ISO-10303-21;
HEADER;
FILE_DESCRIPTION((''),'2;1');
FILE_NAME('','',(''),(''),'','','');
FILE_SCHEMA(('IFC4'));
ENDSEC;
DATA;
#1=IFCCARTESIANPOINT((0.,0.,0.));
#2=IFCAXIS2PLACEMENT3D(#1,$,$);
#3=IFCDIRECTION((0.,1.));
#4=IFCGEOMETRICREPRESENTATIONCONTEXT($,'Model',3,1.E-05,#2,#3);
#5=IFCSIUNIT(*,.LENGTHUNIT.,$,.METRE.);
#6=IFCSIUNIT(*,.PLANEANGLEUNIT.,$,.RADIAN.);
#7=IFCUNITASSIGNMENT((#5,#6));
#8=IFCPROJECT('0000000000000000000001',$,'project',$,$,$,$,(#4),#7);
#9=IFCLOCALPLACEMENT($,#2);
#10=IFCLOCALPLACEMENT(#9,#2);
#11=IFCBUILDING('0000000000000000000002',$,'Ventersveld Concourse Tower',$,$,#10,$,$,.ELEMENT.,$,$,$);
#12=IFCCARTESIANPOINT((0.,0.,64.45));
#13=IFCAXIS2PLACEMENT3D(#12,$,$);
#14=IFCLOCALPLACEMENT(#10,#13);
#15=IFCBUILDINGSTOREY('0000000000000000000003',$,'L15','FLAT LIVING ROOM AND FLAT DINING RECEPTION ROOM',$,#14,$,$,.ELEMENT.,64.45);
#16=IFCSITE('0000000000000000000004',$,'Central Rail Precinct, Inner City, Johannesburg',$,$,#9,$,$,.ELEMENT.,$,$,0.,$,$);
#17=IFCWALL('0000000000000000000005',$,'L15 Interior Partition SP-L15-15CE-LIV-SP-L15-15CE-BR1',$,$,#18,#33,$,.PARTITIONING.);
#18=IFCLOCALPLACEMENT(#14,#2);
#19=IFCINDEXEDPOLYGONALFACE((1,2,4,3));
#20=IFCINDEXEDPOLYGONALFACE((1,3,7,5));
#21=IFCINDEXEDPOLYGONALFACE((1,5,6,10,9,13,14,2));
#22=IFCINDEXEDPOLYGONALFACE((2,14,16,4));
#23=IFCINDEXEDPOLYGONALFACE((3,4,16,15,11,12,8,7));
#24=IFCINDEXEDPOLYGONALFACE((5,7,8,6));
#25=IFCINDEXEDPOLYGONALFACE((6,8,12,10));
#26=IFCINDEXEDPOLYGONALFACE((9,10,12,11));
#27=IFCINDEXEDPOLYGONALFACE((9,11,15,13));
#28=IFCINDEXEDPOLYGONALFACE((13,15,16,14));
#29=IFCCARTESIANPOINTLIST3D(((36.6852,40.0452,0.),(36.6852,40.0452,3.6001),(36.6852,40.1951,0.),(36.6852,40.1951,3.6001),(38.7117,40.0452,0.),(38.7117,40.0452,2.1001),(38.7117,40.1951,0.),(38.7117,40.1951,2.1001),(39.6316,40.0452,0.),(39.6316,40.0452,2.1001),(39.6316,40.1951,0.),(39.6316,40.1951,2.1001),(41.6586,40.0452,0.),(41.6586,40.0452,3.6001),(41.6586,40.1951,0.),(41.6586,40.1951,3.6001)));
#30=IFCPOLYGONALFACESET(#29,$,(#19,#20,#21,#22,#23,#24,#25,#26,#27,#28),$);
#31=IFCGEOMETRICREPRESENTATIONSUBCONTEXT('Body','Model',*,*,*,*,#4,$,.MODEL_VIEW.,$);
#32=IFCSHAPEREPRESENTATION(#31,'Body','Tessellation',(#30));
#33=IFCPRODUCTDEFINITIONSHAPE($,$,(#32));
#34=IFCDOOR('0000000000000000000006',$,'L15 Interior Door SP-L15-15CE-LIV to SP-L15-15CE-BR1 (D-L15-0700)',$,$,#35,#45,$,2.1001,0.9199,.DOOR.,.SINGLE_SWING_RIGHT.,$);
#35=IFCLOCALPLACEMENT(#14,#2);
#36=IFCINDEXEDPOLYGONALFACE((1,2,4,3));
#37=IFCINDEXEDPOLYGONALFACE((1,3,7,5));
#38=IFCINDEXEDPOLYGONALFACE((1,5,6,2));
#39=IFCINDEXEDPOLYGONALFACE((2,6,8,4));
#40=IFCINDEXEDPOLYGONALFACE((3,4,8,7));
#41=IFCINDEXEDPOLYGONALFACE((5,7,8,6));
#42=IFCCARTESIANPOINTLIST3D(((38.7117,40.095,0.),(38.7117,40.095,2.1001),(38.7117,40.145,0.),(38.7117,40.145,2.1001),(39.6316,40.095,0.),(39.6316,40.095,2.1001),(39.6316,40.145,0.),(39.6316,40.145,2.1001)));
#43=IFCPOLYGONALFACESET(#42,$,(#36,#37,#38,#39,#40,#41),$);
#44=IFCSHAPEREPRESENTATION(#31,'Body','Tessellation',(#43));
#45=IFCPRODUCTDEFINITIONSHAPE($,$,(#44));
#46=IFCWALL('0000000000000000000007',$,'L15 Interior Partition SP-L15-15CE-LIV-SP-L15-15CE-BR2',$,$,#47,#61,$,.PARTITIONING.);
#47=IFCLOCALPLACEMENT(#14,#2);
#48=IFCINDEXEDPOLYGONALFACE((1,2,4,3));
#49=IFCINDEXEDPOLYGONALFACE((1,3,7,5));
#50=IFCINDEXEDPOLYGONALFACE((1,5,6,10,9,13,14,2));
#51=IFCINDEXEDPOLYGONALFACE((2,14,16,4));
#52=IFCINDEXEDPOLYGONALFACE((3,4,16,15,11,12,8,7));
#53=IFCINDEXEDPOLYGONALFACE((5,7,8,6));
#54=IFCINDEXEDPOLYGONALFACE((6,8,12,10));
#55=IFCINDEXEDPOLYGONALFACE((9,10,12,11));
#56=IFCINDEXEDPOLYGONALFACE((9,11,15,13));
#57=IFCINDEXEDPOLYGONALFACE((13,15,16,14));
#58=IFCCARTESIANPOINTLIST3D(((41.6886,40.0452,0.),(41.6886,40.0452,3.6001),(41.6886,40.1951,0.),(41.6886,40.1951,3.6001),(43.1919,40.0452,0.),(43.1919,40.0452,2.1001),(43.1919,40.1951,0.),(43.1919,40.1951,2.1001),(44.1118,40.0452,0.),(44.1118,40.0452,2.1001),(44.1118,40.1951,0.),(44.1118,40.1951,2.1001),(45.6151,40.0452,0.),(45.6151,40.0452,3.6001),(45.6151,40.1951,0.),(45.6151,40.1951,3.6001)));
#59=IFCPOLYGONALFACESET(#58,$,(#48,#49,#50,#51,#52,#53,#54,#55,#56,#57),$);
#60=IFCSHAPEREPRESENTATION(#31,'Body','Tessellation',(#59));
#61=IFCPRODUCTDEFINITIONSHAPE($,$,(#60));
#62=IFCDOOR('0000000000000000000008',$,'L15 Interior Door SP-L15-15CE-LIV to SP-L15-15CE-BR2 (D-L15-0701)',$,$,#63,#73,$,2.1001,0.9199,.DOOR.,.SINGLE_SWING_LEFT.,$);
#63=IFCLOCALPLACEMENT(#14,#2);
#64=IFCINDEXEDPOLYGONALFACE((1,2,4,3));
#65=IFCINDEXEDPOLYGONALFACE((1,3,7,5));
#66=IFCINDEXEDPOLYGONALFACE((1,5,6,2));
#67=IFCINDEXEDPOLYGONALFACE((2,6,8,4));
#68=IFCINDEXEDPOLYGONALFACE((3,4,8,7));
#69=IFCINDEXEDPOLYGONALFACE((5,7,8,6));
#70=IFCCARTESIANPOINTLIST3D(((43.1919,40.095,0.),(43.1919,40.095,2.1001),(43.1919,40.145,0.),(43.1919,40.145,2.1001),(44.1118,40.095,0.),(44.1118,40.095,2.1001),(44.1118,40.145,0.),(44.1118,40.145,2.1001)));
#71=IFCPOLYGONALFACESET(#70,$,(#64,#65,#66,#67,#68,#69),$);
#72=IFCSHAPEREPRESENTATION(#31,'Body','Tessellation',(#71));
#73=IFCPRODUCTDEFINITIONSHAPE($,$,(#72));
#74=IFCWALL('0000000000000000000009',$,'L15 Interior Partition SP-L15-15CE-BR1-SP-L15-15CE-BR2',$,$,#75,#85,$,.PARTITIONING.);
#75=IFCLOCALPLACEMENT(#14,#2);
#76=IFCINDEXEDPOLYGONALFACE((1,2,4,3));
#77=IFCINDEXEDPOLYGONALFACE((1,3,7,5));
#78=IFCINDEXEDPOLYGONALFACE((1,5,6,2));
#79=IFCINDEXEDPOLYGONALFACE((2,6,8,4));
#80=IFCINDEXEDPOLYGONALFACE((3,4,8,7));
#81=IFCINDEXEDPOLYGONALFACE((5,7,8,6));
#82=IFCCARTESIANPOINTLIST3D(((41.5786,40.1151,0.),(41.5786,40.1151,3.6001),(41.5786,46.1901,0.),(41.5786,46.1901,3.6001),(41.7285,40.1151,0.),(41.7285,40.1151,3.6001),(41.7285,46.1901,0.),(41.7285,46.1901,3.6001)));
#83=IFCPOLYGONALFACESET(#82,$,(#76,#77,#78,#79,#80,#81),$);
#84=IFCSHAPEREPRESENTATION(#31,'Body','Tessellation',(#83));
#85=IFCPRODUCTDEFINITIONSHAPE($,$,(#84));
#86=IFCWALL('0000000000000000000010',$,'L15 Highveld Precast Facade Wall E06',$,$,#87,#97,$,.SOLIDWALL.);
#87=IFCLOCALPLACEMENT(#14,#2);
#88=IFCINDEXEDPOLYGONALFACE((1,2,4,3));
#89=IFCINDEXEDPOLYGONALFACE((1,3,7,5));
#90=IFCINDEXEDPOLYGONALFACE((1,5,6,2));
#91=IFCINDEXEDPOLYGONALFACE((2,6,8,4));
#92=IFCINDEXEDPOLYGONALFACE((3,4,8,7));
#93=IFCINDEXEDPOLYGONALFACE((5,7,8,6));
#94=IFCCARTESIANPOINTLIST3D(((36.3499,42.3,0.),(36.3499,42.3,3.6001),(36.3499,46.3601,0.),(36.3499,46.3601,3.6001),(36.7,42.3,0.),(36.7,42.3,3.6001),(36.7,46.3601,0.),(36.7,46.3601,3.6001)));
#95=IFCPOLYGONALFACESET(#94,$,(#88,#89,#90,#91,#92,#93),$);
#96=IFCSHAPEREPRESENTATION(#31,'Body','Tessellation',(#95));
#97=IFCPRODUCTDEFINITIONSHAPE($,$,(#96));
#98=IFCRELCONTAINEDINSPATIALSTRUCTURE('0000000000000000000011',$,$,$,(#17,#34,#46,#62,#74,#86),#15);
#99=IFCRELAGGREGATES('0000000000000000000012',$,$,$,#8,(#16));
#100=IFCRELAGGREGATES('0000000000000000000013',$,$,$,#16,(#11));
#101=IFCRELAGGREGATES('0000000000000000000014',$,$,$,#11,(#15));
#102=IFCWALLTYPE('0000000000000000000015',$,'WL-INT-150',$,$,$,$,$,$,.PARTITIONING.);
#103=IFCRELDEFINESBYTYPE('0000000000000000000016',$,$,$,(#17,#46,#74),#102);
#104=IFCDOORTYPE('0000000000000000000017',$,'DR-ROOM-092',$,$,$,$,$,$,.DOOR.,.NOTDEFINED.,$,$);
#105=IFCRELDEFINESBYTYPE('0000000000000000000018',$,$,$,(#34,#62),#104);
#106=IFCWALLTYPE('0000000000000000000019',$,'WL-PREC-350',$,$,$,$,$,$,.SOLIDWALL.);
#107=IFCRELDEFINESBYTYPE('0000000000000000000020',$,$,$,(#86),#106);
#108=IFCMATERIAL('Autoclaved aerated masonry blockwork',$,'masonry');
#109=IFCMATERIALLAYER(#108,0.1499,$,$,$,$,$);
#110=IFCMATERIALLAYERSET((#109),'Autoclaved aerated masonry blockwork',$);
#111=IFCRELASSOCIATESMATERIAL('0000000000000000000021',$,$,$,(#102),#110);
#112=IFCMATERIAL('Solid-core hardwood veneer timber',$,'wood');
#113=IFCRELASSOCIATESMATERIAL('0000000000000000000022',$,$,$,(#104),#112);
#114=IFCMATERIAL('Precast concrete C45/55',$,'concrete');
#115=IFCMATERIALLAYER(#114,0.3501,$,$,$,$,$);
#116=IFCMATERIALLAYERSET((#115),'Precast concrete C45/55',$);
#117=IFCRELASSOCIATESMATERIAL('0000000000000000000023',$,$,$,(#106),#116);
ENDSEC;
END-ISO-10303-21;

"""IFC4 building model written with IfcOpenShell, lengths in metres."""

from ifc_helpers import new_model, si_unit, direction, frame, frame_2d, origin, place, context, subcontext, project, spatial, rectangle, extrude, material, layer, layer_set, type_object, element, fill, save


model = new_model("IFC4")

# Units and contexts
model_context = context("Model", 3, precision=1e-05, world=origin(), true_north=direction((0.0, 1.0)))
body_context = subcontext(model_context, "Body", "Model", "MODEL_VIEW")
ifc_project = project(units=[si_unit("LENGTHUNIT", "METRE"), si_unit("PLANEANGLEUNIT", "RADIAN")], contexts=[model_context])

# Site, building, storey
site_placement = place(None, origin())
site = spatial("IfcSite", under=ifc_project, at=site_placement, Name="Central Rail Precinct, Inner City, Johannesburg", CompositionType="ELEMENT", RefElevation=0.0)
building_placement = place(site_placement, origin())
building = spatial("IfcBuilding", under=site, at=building_placement, Name="Ventersveld Concourse Tower", CompositionType="ELEMENT")
storey_placement = place(building_placement, frame((0.0, 0.0, 64.45)))
storey = spatial("IfcBuildingStorey", under=building, at=storey_placement, Name="L15", Description="FLAT LIVING ROOM AND FLAT DINING RECEPTION ROOM", CompositionType="ELEMENT", Elevation=64.45)

# Shared definitions
ifc_material_1 = material(Name="Autoclaved aerated masonry blockwork", Category="masonry")
ifc_layer_1 = layer(ifc_material_1, 0.1499)
ifc_layer_set_1 = layer_set([ifc_layer_1], Name="Autoclaved aerated masonry blockwork")
wall_type_1 = type_object("IfcWallType", Name="WL-INT-150", PredefinedType="PARTITIONING", material=ifc_layer_set_1)

# Walls, openings, doors
wall_1_placement = place(storey_placement, frame((36.6851, 40.1201, 0.0), z_axis=(0.0, 0.0, 1.0), x_axis=(1.0, 0.0, 0.0)))
wall_1 = element("IfcWall", 1, at=wall_1_placement, inside=storey, type_object=wall_type_1, Name="L15 Interior Partition SP-L15-15CE-LIV-SP-L15-15CE-BR1", PredefinedType="PARTITIONING", context=body_context, shape_type="SweptSolid", body=[
    extrude(rectangle(XDim=4.9734, YDim=0.1499, at=frame_2d((2.4868, 0.0))), origin(), (0.0, 0.0, 1.0), 3.6001),
])
opening_1_placement = place(wall_1_placement, frame((2.0266, 0.0, 0.0)))
opening_1 = element("IfcOpeningElement", 2, at=opening_1_placement, cuts=wall_1, PredefinedType="OPENING", context=body_context, shape_type="SweptSolid", body=[
    extrude(rectangle(XDim=0.9199, YDim=2.1001, at=frame_2d((0.46, 1.05))), frame((0.0, 0.085, 0.0), z_axis=(0.0, -1.0, 0.0), x_axis=(1.0, 0.0, 0.0)), (0.0, 0.0, 1.0), 0.1699),
])
ifc_material_2 = material(Name="Solid-core hardwood veneer timber", Category="wood")
door_type_1 = type_object("IfcDoorType", Name="DR-ROOM-092", OperationType="NOTDEFINED", PredefinedType="DOOR", material=ifc_material_2)
door_1_placement = place(opening_1_placement, origin())
door_1 = element("IfcDoor", 3, at=door_1_placement, inside=storey, type_object=door_type_1, Name="L15 Interior Door SP-L15-15CE-LIV to SP-L15-15CE-BR1 (D-L15-0700)", OperationType="SINGLE_SWING_RIGHT", OverallHeight=2.1001, OverallWidth=0.9199, PredefinedType="DOOR", context=body_context, shape_type="SweptSolid", body=[
    extrude(rectangle(XDim=0.9199, YDim=2.1001, at=frame_2d((0.46, 1.05))), frame((0.0, 0.0249, 0.0), z_axis=(0.0, -1.0, 0.0), x_axis=(1.0, 0.0, 0.0)), (0.0, 0.0, 1.0), 0.05),
])
fill(opening_1, door_1)
wall_2_placement = place(storey_placement, frame((41.6885, 40.1201, 0.0), z_axis=(0.0, 0.0, 1.0), x_axis=(1.0, 0.0, 0.0)))
wall_2 = element("IfcWall", 4, at=wall_2_placement, inside=storey, type_object=wall_type_1, Name="L15 Interior Partition SP-L15-15CE-LIV-SP-L15-15CE-BR2", PredefinedType="PARTITIONING", context=body_context, shape_type="SweptSolid", body=[
    extrude(rectangle(XDim=3.9265, YDim=0.1499, at=frame_2d((1.9634, 0.0))), origin(), (0.0, 0.0, 1.0), 3.6001),
])
opening_2_placement = place(wall_2_placement, frame((1.5034, 0.0, 0.0)))
opening_2 = element("IfcOpeningElement", 5, at=opening_2_placement, cuts=wall_2, PredefinedType="OPENING", context=body_context, shape_type="SweptSolid", body=[
    extrude(rectangle(XDim=0.9199, YDim=2.1001, at=frame_2d((0.46, 1.05))), frame((0.0, 0.085, 0.0), z_axis=(0.0, -1.0, 0.0), x_axis=(1.0, 0.0, 0.0)), (0.0, 0.0, 1.0), 0.1699),
])
door_2_placement = place(opening_2_placement, origin())
door_2 = element("IfcDoor", 6, at=door_2_placement, inside=storey, type_object=door_type_1, Name="L15 Interior Door SP-L15-15CE-LIV to SP-L15-15CE-BR2 (D-L15-0701)", OperationType="SINGLE_SWING_LEFT", OverallHeight=2.1001, OverallWidth=0.9199, PredefinedType="DOOR", context=body_context, shape_type="SweptSolid", body=[
    extrude(rectangle(XDim=0.9199, YDim=2.1001, at=frame_2d((0.46, 1.05))), frame((0.0, 0.0249, 0.0), z_axis=(0.0, -1.0, 0.0), x_axis=(1.0, 0.0, 0.0)), (0.0, 0.0, 1.0), 0.05),
])
fill(opening_2, door_2)

# Walls
wall_3_placement = place(storey_placement, frame((41.6536, 40.115, 0.0), z_axis=(0.0, 0.0, 1.0), x_axis=(0.0, 1.0, 0.0)))
element("IfcWall", 7, at=wall_3_placement, inside=storey, type_object=wall_type_1, Name="L15 Interior Partition SP-L15-15CE-BR1-SP-L15-15CE-BR2", PredefinedType="PARTITIONING", context=body_context, shape_type="SweptSolid", body=[
    extrude(rectangle(XDim=6.075, YDim=0.1499, at=frame_2d((3.0376, 0.0))), origin(), (0.0, 0.0, 1.0), 3.6001),
])
ifc_material_3 = material(Name="Precast concrete C45/55", Category="concrete")
ifc_layer_2 = layer(ifc_material_3, 0.3501)
ifc_layer_set_2 = layer_set([ifc_layer_2], Name="Precast concrete C45/55")
wall_type_2 = type_object("IfcWallType", Name="WL-PREC-350", PredefinedType="SOLIDWALL", material=ifc_layer_set_2)
wall_4_placement = place(storey_placement, frame((36.5249, 46.3601, 0.0), z_axis=(0.0, 0.0, 1.0), x_axis=(0.0, -1.0, 0.0)))
element("IfcWall", 8, at=wall_4_placement, inside=storey, type_object=wall_type_2, Name="L15 Highveld Precast Facade Wall E06", PredefinedType="SOLIDWALL", context=body_context, shape_type="SweptSolid", body=[
    extrude(rectangle(XDim=4.0601, YDim=0.3501, at=frame_2d((2.03, 0.0))), origin(), (0.0, 0.0, 1.0), 3.6001),
])

save(model, "model.ifc")
